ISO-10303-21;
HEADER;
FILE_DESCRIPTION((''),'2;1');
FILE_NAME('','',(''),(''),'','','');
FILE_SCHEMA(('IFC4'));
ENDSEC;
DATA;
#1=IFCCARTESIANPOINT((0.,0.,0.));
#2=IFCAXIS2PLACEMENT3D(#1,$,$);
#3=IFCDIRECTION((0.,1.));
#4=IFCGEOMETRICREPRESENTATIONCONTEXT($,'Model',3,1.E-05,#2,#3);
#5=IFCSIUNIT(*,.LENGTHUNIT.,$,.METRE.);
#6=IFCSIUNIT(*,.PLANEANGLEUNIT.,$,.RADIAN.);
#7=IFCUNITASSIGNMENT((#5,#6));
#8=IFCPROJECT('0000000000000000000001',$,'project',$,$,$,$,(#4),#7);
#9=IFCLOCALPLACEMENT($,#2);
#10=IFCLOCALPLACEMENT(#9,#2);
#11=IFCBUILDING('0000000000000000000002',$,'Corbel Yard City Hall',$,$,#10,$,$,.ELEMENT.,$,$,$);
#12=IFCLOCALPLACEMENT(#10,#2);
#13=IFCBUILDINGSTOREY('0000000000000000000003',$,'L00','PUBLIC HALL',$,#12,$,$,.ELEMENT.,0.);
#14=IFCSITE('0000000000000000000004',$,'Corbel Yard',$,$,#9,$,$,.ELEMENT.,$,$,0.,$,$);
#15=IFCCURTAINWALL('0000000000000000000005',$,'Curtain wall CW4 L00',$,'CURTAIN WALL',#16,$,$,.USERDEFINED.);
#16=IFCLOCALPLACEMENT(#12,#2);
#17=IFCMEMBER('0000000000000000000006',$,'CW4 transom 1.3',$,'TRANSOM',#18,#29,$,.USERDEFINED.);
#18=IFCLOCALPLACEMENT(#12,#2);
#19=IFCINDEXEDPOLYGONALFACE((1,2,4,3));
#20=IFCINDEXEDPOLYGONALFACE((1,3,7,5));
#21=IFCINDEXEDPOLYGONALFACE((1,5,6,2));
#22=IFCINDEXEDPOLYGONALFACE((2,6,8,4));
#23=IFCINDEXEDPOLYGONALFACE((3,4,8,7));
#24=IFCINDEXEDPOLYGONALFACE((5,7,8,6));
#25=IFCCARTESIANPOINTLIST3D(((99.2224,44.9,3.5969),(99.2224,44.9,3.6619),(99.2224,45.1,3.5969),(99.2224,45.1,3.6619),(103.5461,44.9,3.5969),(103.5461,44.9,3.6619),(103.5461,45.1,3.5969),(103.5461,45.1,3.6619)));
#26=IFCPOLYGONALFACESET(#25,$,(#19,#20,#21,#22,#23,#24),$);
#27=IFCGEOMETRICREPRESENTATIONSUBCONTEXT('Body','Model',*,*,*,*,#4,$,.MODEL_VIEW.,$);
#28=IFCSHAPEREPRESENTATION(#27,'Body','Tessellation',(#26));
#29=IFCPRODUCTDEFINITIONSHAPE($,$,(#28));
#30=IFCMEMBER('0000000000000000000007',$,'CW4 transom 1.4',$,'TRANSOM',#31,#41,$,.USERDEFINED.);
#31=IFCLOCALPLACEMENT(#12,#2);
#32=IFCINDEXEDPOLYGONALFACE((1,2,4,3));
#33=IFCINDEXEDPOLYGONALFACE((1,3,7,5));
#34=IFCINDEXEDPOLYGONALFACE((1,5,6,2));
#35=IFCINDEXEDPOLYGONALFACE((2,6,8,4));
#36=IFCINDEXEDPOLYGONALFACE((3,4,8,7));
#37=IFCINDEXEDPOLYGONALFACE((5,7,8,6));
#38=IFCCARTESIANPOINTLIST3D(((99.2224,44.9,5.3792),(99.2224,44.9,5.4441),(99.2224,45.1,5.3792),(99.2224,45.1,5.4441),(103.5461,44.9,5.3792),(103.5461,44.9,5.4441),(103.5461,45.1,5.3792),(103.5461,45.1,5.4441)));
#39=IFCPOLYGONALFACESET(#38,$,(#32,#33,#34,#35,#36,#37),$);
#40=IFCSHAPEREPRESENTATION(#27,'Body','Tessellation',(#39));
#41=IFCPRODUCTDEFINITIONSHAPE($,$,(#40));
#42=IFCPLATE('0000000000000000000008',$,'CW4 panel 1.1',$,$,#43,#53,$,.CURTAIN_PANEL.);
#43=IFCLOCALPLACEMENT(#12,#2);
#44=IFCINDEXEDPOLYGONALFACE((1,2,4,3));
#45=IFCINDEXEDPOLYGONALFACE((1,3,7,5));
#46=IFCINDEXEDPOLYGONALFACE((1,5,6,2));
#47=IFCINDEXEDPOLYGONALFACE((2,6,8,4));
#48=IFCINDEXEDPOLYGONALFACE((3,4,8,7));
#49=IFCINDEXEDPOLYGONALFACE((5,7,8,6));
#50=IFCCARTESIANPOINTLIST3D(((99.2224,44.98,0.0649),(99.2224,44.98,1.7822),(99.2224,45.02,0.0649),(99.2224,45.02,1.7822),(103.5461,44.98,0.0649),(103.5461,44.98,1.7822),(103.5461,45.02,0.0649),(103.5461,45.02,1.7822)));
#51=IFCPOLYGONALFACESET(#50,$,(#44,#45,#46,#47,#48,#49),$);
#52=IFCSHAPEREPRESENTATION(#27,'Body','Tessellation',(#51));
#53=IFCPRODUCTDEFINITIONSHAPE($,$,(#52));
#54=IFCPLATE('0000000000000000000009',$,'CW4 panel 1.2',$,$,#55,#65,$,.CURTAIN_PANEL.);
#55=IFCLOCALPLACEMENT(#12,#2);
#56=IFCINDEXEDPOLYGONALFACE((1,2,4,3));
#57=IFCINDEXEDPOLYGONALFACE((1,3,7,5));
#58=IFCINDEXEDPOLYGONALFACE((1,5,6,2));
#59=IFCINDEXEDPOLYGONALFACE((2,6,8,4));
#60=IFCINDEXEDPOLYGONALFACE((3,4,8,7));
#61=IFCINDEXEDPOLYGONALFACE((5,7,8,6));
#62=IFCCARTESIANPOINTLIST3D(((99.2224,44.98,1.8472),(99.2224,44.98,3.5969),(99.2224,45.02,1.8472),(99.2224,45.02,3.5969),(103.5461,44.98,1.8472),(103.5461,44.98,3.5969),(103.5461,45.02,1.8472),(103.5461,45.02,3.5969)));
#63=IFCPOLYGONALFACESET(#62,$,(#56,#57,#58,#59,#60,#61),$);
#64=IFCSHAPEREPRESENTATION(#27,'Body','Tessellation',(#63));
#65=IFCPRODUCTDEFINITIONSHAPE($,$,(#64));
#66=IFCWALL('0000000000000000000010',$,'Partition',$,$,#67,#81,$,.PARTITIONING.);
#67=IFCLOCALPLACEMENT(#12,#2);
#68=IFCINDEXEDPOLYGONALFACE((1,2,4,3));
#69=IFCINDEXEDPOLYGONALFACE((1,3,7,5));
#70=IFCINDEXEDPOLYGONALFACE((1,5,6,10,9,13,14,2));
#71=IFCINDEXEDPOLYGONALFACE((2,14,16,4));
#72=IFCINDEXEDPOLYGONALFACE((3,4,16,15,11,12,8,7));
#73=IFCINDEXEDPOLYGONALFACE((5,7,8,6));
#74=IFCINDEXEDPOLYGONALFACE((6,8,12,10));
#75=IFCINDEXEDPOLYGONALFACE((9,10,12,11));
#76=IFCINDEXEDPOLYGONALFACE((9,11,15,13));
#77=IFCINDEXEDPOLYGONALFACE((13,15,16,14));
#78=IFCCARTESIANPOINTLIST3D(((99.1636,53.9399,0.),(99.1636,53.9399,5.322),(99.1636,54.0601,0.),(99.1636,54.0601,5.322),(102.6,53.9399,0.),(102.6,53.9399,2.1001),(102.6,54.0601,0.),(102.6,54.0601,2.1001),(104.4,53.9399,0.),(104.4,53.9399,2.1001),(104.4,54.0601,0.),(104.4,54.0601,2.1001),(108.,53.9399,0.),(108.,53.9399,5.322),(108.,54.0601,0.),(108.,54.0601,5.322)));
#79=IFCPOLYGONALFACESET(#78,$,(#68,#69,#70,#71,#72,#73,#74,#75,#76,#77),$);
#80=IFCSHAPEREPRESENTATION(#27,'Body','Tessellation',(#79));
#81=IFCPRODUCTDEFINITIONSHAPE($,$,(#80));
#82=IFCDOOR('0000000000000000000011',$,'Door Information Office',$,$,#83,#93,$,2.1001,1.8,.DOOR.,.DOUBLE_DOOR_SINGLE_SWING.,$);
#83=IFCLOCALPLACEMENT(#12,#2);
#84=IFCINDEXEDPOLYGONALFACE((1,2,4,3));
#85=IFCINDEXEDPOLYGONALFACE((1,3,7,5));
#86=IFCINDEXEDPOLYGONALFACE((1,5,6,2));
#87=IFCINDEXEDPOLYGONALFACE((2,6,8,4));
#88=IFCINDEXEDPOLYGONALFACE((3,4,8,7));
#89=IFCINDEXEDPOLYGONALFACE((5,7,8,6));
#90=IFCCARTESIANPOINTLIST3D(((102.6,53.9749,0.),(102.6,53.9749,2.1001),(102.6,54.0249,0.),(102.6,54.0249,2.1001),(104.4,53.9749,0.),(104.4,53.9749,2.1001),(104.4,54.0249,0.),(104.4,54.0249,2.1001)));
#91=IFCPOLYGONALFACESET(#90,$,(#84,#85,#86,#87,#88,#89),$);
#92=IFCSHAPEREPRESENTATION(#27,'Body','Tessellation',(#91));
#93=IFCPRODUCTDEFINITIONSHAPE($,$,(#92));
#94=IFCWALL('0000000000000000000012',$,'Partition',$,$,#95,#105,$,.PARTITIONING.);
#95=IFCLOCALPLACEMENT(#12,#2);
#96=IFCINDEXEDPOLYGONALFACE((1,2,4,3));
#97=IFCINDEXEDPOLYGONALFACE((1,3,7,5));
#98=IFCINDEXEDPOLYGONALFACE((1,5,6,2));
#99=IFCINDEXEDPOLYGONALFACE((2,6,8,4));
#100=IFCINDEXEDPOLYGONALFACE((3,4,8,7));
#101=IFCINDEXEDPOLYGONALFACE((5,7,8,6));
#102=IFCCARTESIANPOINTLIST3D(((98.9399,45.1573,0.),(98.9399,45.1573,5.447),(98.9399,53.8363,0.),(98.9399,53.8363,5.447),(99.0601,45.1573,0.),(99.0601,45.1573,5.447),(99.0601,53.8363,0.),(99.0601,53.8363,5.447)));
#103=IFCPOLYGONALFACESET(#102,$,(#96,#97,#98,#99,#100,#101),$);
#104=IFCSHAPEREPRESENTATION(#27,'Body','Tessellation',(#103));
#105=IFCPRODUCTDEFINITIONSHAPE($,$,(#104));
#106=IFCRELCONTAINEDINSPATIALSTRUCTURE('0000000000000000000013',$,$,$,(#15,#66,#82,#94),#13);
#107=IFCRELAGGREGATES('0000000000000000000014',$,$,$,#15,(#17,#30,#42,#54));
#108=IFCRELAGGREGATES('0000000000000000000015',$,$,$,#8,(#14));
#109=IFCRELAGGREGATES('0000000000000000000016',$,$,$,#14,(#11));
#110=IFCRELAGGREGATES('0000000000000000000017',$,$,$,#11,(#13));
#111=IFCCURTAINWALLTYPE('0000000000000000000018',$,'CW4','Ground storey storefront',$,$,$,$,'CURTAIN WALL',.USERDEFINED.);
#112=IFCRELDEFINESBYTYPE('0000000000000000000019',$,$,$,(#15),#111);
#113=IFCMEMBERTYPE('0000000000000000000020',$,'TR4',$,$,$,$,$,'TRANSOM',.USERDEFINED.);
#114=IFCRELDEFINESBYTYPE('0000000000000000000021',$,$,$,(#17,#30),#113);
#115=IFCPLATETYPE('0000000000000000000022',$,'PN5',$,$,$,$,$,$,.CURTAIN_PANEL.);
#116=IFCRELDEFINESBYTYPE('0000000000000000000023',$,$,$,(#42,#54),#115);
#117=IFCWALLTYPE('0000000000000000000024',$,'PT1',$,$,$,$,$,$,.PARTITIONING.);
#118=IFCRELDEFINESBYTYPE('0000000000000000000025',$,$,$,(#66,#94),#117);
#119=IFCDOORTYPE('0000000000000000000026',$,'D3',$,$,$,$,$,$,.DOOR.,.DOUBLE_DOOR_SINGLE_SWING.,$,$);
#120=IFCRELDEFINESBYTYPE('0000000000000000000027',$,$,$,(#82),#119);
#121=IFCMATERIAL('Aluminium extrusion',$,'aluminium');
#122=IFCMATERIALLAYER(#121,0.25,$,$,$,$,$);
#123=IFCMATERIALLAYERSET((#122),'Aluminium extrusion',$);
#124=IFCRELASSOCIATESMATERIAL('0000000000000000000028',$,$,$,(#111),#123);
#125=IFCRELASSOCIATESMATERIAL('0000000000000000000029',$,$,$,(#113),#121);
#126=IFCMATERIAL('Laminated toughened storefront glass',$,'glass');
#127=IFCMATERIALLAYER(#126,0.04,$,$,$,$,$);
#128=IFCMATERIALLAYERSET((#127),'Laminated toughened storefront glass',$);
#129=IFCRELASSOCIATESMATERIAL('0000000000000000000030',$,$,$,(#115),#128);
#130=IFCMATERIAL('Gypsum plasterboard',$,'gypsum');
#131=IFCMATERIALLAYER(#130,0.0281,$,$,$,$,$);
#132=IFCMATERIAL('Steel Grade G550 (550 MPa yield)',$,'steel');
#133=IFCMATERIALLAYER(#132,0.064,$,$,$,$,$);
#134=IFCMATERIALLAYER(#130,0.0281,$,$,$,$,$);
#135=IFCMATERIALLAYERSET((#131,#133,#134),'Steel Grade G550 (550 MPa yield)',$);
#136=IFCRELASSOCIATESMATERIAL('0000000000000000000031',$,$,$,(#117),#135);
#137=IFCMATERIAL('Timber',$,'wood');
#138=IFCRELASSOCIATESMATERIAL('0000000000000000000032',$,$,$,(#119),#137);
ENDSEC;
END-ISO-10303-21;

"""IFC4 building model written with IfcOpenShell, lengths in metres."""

from ifc_helpers import new_model, si_unit, direction, frame, frame_2d, origin, origin_2d, place, context, subcontext, project, spatial, rectangle, extrude, material, layer, layer_set, material_profile, profile_set, type_object, element, fill, aggregate, save


model = new_model("IFC4")

# Units and contexts
model_context = context("Model", 3, precision=1e-05, world=origin(), true_north=direction((0.0, 1.0)))
body_context = subcontext(model_context, "Body", "Model", "MODEL_VIEW")
ifc_project = project(units=[si_unit("LENGTHUNIT", "METRE"), si_unit("PLANEANGLEUNIT", "RADIAN")], contexts=[model_context])

# Site, building, storey
site_placement = place(None, origin())
site = spatial("IfcSite", under=ifc_project, at=site_placement, Name="Corbel Yard", CompositionType="ELEMENT", RefElevation=0.0)
building_placement = place(site_placement, origin())
building = spatial("IfcBuilding", under=site, at=building_placement, Name="Corbel Yard City Hall", CompositionType="ELEMENT")
storey_placement = place(building_placement, origin())
storey = spatial("IfcBuildingStorey", under=building, at=storey_placement, Name="L00", Description="PUBLIC HALL", CompositionType="ELEMENT", Elevation=0.0)

# Curtain wall, members, plates
ifc_material_1 = material(Name="Aluminium extrusion", Category="aluminium")
ifc_layer_1 = layer(ifc_material_1, 0.25)
ifc_layer_set_1 = layer_set([ifc_layer_1], Name="Aluminium extrusion")
curtain_wall_type = type_object("IfcCurtainWallType", Name="CW4", Description="Ground storey storefront", ElementType="CURTAIN WALL", PredefinedType="USERDEFINED", material=ifc_layer_set_1)
curtain_wall_placement = place(storey_placement, origin())
curtain_wall = element("IfcCurtainWall", 1, at=curtain_wall_placement, inside=storey, type_object=curtain_wall_type, Name="Curtain wall CW4 L00", ObjectType="CURTAIN WALL", PredefinedType="USERDEFINED")
ifc_material_profile_1 = material_profile(ifc_material_1, rectangle(XDim=0.2, YDim=0.0649, at=origin_2d()), Name="200x65")
ifc_profile_set_1 = profile_set([ifc_material_profile_1], Name="Aluminium extrusion")
member_type_1 = type_object("IfcMemberType", Name="TR4", ElementType="TRANSOM", PredefinedType="USERDEFINED", material=ifc_profile_set_1)
member_1_placement = place(storey_placement, frame((99.2224, 45.0, 3.6294), z_axis=(1.0, 0.0, 0.0), x_axis=(0.0, 1.0, 0.0)))
member_1 = element("IfcMember", 2, at=member_1_placement, type_object=member_type_1, Name="CW4 transom 1.3", ObjectType="TRANSOM", PredefinedType="USERDEFINED", context=body_context, shape_type="SweptSolid", body=[
    extrude(rectangle(XDim=0.2, YDim=0.0649, at=origin_2d()), origin(), (0.0, 0.0, 1.0), 4.3237),
])
member_2_placement = place(storey_placement, frame((99.2224, 45.0, 5.4116), z_axis=(1.0, 0.0, 0.0), x_axis=(0.0, 1.0, 0.0)))
member_2 = element("IfcMember", 3, at=member_2_placement, type_object=member_type_1, Name="CW4 transom 1.4", ObjectType="TRANSOM", PredefinedType="USERDEFINED", context=body_context, shape_type="SweptSolid", body=[
    extrude(rectangle(XDim=0.2, YDim=0.0649, at=origin_2d()), origin(), (0.0, 0.0, 1.0), 4.3237),
])
ifc_material_2 = material(Name="Laminated toughened storefront glass", Category="glass")
ifc_layer_2 = layer(ifc_material_2, 0.04)
ifc_layer_set_2 = layer_set([ifc_layer_2], Name="Laminated toughened storefront glass")
plate_type = type_object("IfcPlateType", Name="PN5", PredefinedType="CURTAIN_PANEL", material=ifc_layer_set_2)
plate_1_placement = place(storey_placement, frame((101.3843, 45.0, 0.0649), z_axis=(0.0, 0.0, 1.0), x_axis=(1.0, 0.0, 0.0)))
plate_1 = element("IfcPlate", 4, at=plate_1_placement, type_object=plate_type, Name="CW4 panel 1.1", PredefinedType="CURTAIN_PANEL", context=body_context, shape_type="SweptSolid", body=[
    extrude(rectangle(XDim=4.3237, YDim=0.04, at=origin_2d()), origin(), (0.0, 0.0, 1.0), 1.7173),
])
plate_2_placement = place(storey_placement, frame((101.3843, 45.0, 1.8472), z_axis=(0.0, 0.0, 1.0), x_axis=(1.0, 0.0, 0.0)))
plate_2 = element("IfcPlate", 5, at=plate_2_placement, type_object=plate_type, Name="CW4 panel 1.2", PredefinedType="CURTAIN_PANEL", context=body_context, shape_type="SweptSolid", body=[
    extrude(rectangle(XDim=4.3237, YDim=0.04, at=origin_2d()), origin(), (0.0, 0.0, 1.0), 1.7498),
])
aggregate(curtain_wall, [member_1, member_2, plate_1, plate_2])

# Wall, opening, door
ifc_material_3 = material(Name="Gypsum plasterboard", Category="gypsum")
ifc_layer_3 = layer(ifc_material_3, 0.0281)
ifc_material_4 = material(Name="Steel Grade G550 (550 MPa yield)", Category="steel")
ifc_layer_4 = layer(ifc_material_4, 0.064)
ifc_layer_5 = layer(ifc_material_3, 0.0281)
ifc_layer_set_3 = layer_set([ifc_layer_3, ifc_layer_4, ifc_layer_5], Name="Steel Grade G550 (550 MPa yield)")
wall_type = type_object("IfcWallType", Name="PT1", PredefinedType="PARTITIONING", material=ifc_layer_set_3)
wall_1_placement = place(storey_placement, frame((99.1636, 54.0, 0.0), z_axis=(0.0, 0.0, 1.0), x_axis=(1.0, 0.0, 0.0)))
wall_1 = element("IfcWall", 6, at=wall_1_placement, inside=storey, type_object=wall_type, Name="Partition", PredefinedType="PARTITIONING", context=body_context, shape_type="SweptSolid", body=[
    extrude(rectangle(XDim=8.8364, YDim=0.1201, at=frame_2d((4.4182, 0.0))), origin(), (0.0, 0.0, 1.0), 5.322),
])
opening_placement = place(wall_1_placement, frame((3.4365, 0.0, 0.0)))
opening = element("IfcOpeningElement", 7, at=opening_placement, cuts=wall_1, PredefinedType="OPENING", context=body_context, shape_type="SweptSolid", body=[
    extrude(rectangle(XDim=1.8, YDim=2.1001, at=frame_2d((0.8999, 1.05))), frame((0.0, 0.0701, 0.0), z_axis=(0.0, -1.0, 0.0), x_axis=(1.0, 0.0, 0.0)), (0.0, 0.0, 1.0), 0.1401),
])
ifc_material_5 = material(Name="Timber", Category="wood")
door_type = type_object("IfcDoorType", Name="D3", OperationType="DOUBLE_DOOR_SINGLE_SWING", PredefinedType="DOOR", material=ifc_material_5)
door_placement = place(opening_placement, origin())
door = element("IfcDoor", 8, at=door_placement, inside=storey, type_object=door_type, Name="Door Information Office", OperationType="DOUBLE_DOOR_SINGLE_SWING", OverallHeight=2.1001, OverallWidth=1.8, PredefinedType="DOOR", context=body_context, shape_type="SweptSolid", body=[
    extrude(rectangle(XDim=1.8, YDim=2.1001, at=frame_2d((0.8999, 1.05))), frame((0.0, 0.0249, 0.0), z_axis=(0.0, -1.0, 0.0), x_axis=(1.0, 0.0, 0.0)), (0.0, 0.0, 1.0), 0.05),
])
fill(opening, door)

# Wall
wall_2_placement = place(storey_placement, frame((99.0, 45.1575, 0.0), z_axis=(0.0, 0.0, 1.0), x_axis=(0.0, 1.0, 0.0)))
element("IfcWall", 9, at=wall_2_placement, inside=storey, type_object=wall_type, Name="Partition", PredefinedType="PARTITIONING", context=body_context, shape_type="SweptSolid", body=[
    extrude(rectangle(XDim=8.679, YDim=0.1201, at=frame_2d((4.3394, 0.0))), origin(), (0.0, 0.0, 1.0), 5.447),
])

save(model, "model.ifc")
